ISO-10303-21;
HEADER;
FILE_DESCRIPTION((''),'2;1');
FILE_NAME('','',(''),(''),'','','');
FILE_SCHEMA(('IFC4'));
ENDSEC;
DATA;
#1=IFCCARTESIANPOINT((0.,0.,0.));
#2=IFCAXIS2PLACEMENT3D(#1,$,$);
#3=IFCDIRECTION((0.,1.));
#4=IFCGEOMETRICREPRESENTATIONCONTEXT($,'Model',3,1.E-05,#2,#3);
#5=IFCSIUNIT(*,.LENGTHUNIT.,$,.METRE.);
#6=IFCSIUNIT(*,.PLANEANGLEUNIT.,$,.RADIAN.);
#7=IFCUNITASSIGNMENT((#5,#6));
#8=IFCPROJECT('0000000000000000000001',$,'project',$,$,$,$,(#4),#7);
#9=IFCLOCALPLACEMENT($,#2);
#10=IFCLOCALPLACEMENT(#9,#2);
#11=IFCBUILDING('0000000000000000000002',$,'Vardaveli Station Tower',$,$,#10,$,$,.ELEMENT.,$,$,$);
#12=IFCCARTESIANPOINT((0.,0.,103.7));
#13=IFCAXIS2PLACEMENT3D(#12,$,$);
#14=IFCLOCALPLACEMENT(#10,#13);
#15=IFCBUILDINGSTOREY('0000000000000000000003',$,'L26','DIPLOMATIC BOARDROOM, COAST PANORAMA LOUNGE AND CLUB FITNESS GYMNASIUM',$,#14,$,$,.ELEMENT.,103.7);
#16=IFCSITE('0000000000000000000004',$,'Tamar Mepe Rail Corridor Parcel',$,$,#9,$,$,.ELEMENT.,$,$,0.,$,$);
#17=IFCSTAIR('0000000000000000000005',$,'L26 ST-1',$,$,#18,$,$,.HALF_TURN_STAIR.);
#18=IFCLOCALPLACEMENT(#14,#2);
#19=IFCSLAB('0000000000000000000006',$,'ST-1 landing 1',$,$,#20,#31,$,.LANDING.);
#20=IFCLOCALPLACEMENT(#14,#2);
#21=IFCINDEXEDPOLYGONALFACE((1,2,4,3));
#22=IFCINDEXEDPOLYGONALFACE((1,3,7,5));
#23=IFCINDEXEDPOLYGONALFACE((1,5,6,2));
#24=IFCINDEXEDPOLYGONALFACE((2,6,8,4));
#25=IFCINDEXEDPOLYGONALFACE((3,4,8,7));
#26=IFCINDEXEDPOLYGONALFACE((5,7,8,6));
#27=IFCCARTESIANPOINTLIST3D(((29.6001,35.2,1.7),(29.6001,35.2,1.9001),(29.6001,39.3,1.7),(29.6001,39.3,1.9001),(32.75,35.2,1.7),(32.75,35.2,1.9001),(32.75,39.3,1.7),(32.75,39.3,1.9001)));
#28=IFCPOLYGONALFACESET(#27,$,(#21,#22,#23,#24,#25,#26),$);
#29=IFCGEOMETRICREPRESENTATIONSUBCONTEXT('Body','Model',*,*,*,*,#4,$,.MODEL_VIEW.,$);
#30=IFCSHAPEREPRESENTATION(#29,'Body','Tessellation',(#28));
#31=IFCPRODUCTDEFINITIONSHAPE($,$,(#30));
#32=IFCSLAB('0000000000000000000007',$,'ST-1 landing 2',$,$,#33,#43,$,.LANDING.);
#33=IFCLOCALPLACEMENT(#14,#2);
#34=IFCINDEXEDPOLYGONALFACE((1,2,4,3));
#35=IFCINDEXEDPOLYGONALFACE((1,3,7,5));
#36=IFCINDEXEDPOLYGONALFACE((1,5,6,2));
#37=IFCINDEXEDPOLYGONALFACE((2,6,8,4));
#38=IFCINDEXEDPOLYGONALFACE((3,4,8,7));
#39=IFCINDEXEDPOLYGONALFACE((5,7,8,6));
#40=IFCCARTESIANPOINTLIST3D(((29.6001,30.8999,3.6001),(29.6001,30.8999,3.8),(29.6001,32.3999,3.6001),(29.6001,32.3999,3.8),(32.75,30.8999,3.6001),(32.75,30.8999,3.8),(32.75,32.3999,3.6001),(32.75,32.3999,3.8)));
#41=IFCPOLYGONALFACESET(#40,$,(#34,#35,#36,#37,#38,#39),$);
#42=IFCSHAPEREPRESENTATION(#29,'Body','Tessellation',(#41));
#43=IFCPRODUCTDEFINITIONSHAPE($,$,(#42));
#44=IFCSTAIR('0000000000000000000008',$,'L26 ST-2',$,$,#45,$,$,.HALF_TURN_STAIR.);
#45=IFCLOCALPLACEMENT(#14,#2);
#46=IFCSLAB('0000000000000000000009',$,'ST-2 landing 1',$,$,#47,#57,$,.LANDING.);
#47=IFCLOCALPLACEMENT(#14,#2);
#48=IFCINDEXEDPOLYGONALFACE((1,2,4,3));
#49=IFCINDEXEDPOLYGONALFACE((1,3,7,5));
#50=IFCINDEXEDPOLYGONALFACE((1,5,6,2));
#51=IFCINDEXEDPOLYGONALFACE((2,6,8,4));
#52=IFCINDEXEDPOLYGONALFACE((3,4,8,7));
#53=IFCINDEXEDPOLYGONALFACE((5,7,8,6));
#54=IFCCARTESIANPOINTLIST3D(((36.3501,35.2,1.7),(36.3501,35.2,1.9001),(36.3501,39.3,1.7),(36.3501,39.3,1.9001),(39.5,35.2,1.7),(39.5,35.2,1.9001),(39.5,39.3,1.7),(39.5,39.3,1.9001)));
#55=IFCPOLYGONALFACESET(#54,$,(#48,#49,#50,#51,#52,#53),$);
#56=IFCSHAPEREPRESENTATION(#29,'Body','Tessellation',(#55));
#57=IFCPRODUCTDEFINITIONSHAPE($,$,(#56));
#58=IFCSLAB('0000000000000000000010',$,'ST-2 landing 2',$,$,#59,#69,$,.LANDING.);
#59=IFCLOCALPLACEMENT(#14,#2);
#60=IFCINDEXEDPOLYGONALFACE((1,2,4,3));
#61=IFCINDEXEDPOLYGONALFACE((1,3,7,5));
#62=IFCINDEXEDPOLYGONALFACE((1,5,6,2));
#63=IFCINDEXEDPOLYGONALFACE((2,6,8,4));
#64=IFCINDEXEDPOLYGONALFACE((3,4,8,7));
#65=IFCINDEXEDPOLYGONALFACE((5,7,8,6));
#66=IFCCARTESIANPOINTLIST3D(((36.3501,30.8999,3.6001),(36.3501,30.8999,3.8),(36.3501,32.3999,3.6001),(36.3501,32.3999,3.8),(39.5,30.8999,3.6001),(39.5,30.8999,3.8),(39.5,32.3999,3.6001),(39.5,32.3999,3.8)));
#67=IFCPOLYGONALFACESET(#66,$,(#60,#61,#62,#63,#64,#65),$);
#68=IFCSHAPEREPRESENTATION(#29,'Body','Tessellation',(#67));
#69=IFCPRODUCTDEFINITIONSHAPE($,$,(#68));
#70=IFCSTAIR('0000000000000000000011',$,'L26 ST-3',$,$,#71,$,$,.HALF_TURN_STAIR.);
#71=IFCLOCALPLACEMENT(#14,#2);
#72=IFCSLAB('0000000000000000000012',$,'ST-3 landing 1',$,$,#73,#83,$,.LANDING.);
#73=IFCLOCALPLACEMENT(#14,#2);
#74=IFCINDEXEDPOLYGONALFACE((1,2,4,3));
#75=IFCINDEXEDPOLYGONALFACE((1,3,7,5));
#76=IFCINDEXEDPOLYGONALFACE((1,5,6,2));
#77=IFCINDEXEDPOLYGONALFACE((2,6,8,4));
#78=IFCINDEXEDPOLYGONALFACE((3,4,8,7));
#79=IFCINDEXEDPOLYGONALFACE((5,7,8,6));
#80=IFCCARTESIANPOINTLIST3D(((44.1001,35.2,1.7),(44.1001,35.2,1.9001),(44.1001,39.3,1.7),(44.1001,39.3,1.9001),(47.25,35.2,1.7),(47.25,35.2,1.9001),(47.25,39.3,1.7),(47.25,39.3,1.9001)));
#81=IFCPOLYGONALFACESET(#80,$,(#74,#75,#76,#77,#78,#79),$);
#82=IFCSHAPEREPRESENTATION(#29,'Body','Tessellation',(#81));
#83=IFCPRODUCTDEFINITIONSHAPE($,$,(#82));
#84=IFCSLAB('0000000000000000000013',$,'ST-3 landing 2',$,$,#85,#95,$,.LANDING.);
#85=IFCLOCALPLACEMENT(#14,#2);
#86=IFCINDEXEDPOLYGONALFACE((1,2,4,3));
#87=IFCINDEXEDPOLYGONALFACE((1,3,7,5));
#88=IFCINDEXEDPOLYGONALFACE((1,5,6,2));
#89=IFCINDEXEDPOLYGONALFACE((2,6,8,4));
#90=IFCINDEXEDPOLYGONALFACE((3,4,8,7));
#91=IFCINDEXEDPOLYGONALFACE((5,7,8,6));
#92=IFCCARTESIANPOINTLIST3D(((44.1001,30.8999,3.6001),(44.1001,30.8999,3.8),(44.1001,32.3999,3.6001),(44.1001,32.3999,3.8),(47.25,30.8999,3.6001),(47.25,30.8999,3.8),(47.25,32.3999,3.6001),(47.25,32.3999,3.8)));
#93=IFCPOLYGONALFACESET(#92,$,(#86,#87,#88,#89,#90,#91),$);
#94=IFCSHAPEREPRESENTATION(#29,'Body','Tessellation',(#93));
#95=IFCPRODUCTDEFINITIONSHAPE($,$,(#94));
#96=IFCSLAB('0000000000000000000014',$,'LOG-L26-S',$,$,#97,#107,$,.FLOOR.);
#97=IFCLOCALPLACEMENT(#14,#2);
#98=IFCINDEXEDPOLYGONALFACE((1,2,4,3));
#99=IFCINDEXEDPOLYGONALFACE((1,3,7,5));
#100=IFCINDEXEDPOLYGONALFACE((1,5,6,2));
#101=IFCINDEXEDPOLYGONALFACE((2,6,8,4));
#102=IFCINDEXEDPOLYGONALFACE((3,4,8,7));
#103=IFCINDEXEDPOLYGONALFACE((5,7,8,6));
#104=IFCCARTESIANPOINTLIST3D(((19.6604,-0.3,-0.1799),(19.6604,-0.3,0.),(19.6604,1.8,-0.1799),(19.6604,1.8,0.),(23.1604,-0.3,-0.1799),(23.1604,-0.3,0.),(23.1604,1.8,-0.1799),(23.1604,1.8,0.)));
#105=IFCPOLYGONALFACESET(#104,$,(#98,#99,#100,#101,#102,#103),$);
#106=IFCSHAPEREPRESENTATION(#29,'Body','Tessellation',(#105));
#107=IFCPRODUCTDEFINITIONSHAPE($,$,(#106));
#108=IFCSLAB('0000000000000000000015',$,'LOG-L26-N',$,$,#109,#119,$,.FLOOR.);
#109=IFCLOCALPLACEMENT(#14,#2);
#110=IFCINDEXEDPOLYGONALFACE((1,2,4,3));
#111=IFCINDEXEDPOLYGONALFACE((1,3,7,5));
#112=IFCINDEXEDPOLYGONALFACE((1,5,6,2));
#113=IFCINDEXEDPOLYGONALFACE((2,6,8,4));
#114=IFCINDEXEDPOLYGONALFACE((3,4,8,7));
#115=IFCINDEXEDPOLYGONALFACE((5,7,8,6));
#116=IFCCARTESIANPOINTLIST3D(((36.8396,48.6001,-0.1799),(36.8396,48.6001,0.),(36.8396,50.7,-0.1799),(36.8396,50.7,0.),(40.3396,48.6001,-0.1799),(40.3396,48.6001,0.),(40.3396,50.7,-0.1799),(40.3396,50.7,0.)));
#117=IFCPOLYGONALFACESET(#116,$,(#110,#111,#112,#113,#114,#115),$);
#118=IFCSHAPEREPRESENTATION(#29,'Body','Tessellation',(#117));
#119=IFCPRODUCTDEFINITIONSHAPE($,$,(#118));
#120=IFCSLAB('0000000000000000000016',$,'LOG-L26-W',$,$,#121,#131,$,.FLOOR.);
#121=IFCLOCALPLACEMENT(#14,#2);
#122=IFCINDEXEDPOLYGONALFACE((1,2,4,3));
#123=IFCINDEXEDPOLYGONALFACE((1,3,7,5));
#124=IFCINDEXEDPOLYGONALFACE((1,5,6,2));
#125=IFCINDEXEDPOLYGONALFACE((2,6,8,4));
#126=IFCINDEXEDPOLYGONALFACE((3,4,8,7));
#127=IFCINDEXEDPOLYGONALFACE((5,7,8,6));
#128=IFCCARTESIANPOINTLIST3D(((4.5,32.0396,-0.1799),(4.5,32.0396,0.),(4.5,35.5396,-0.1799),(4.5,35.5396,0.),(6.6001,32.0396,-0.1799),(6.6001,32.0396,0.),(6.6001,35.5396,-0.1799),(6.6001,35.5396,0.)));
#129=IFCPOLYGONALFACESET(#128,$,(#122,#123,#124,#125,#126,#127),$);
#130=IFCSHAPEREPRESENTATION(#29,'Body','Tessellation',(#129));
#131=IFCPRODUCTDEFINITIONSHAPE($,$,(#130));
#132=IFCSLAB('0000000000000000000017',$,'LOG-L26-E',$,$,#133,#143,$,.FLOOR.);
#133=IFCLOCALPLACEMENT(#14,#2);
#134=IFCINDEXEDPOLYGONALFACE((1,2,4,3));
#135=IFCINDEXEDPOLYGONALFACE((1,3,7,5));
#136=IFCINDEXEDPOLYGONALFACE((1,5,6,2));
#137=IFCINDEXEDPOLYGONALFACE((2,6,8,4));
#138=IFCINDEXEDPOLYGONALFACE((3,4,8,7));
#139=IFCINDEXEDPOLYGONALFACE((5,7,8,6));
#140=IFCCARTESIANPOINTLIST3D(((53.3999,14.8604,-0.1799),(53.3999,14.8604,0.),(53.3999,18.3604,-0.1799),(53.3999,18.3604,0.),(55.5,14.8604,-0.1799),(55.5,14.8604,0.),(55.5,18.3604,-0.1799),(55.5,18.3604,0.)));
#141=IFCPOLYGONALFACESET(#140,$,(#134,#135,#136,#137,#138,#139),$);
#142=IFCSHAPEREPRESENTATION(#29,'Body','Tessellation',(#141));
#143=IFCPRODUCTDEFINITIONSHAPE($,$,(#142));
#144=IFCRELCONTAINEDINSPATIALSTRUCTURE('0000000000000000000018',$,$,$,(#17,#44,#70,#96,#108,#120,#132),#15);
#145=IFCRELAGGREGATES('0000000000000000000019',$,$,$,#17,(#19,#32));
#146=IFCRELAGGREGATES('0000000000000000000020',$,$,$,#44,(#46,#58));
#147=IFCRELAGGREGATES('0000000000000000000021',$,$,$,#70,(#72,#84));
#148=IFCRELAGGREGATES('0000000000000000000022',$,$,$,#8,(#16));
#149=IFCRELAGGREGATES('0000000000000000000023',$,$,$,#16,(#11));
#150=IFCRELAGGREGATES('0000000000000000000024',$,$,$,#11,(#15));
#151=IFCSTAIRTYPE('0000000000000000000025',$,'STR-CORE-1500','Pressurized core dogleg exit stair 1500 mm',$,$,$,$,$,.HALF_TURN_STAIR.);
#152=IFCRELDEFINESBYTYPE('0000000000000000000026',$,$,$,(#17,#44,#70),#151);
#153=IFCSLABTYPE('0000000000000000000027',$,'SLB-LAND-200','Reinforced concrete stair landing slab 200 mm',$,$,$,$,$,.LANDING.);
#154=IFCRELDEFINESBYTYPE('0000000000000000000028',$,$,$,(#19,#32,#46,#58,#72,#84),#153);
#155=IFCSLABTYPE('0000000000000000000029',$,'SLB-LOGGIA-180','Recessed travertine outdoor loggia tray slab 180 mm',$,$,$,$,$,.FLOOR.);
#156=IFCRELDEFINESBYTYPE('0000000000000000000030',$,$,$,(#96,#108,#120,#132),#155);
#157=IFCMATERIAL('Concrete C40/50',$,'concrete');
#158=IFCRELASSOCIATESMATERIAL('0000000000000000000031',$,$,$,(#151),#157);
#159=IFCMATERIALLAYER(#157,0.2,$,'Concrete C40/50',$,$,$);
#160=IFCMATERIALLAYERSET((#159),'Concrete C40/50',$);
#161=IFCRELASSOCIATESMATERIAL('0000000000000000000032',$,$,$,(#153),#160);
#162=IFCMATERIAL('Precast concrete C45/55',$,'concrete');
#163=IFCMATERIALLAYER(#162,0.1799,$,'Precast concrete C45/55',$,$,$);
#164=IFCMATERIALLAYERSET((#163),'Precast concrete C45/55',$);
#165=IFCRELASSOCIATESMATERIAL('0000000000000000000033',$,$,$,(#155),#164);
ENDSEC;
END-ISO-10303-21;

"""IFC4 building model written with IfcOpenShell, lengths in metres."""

from ifc_helpers import new_model, si_unit, direction, frame, origin, place, context, subcontext, project, spatial, polyline, outline, extrude, material, layer, layer_set, type_object, element, aggregate, save


model = new_model("IFC4")

# Units and contexts
model_context = context("Model", 3, precision=1e-05, world=origin(), true_north=direction((0.0, 1.0)))
body_context = subcontext(model_context, "Body", "Model", "MODEL_VIEW")
ifc_project = project(units=[si_unit("LENGTHUNIT", "METRE"), si_unit("PLANEANGLEUNIT", "RADIAN")], contexts=[model_context])

# Site, building, storey
site_placement = place(None, origin())
site = spatial("IfcSite", under=ifc_project, at=site_placement, Name="Tamar Mepe Rail Corridor Parcel", CompositionType="ELEMENT", RefElevation=0.0)
building_placement = place(site_placement, origin())
building = spatial("IfcBuilding", under=site, at=building_placement, Name="Vardaveli Station Tower", CompositionType="ELEMENT")
storey_placement = place(building_placement, frame((0.0, 0.0, 103.7)))
storey = spatial("IfcBuildingStorey", under=building, at=storey_placement, Name="L26", Description="DIPLOMATIC BOARDROOM, COAST PANORAMA LOUNGE AND CLUB FITNESS GYMNASIUM", CompositionType="ELEMENT", Elevation=103.7)

# Stairs, slabs
ifc_material_1 = material(Name="Concrete C40/50", Category="concrete")
stair_type = type_object("IfcStairType", Name="STR-CORE-1500", Description="Pressurized core dogleg exit stair 1500 mm", PredefinedType="HALF_TURN_STAIR", material=ifc_material_1)
stair_1_placement = place(storey_placement, origin())
stair_1 = element("IfcStair", 1, at=stair_1_placement, inside=storey, type_object=stair_type, Name="L26 ST-1", PredefinedType="HALF_TURN_STAIR")
ifc_layer_1 = layer(ifc_material_1, 0.2, Name="Concrete C40/50")
ifc_layer_set_1 = layer_set([ifc_layer_1], Name="Concrete C40/50")
slab_type_1 = type_object("IfcSlabType", Name="SLB-LAND-200", Description="Reinforced concrete stair landing slab 200 mm", PredefinedType="LANDING", material=ifc_layer_set_1)
slab_1_placement = place(storey_placement, frame((0.0, 0.0, 1.7)))
slab_1 = element("IfcSlab", 2, at=slab_1_placement, type_object=slab_type_1, Name="ST-1 landing 1", PredefinedType="LANDING", context=body_context, shape_type="SweptSolid", body=[
    extrude(outline(polyline([(32.75, 35.2), (32.75, 39.3), (29.6001, 39.3), (29.6001, 35.2), (32.75, 35.2)])), origin(), (0.0, 0.0, 1.0), 0.2002),
])
slab_2_placement = place(storey_placement, frame((0.0, 0.0, 3.6001)))
slab_2 = element("IfcSlab", 3, at=slab_2_placement, type_object=slab_type_1, Name="ST-1 landing 2", PredefinedType="LANDING", context=body_context, shape_type="SweptSolid", body=[
    extrude(outline(polyline([(32.75, 30.8999), (32.75, 32.3999), (29.6001, 32.3999), (29.6001, 30.8999), (32.75, 30.8999)])), origin(), (0.0, 0.0, 1.0), 0.2),
])
aggregate(stair_1, [slab_1, slab_2])
stair_2_placement = place(storey_placement, origin())
stair_2 = element("IfcStair", 4, at=stair_2_placement, inside=storey, type_object=stair_type, Name="L26 ST-2", PredefinedType="HALF_TURN_STAIR")
slab_3_placement = place(storey_placement, frame((0.0, 0.0, 1.7)))
slab_3 = element("IfcSlab", 5, at=slab_3_placement, type_object=slab_type_1, Name="ST-2 landing 1", PredefinedType="LANDING", context=body_context, shape_type="SweptSolid", body=[
    extrude(outline(polyline([(39.5, 35.2), (39.5, 39.3), (36.3501, 39.3), (36.3501, 35.2), (39.5, 35.2)])), origin(), (0.0, 0.0, 1.0), 0.2002),
])
slab_4_placement = place(storey_placement, frame((0.0, 0.0, 3.6001)))
slab_4 = element("IfcSlab", 6, at=slab_4_placement, type_object=slab_type_1, Name="ST-2 landing 2", PredefinedType="LANDING", context=body_context, shape_type="SweptSolid", body=[
    extrude(outline(polyline([(39.5, 30.8999), (39.5, 32.3999), (36.3501, 32.3999), (36.3501, 30.8999), (39.5, 30.8999)])), origin(), (0.0, 0.0, 1.0), 0.2),
])
aggregate(stair_2, [slab_3, slab_4])
stair_3_placement = place(storey_placement, origin())
stair_3 = element("IfcStair", 7, at=stair_3_placement, inside=storey, type_object=stair_type, Name="L26 ST-3", PredefinedType="HALF_TURN_STAIR")
slab_5_placement = place(storey_placement, frame((0.0, 0.0, 1.7)))
slab_5 = element("IfcSlab", 8, at=slab_5_placement, type_object=slab_type_1, Name="ST-3 landing 1", PredefinedType="LANDING", context=body_context, shape_type="SweptSolid", body=[
    extrude(outline(polyline([(47.25, 35.2), (47.25, 39.3), (44.1001, 39.3), (44.1001, 35.2), (47.25, 35.2)])), origin(), (0.0, 0.0, 1.0), 0.2002),
])
slab_6_placement = place(storey_placement, frame((0.0, 0.0, 3.6001)))
slab_6 = element("IfcSlab", 9, at=slab_6_placement, type_object=slab_type_1, Name="ST-3 landing 2", PredefinedType="LANDING", context=body_context, shape_type="SweptSolid", body=[
    extrude(outline(polyline([(47.25, 30.8999), (47.25, 32.3999), (44.1001, 32.3999), (44.1001, 30.8999), (47.25, 30.8999)])), origin(), (0.0, 0.0, 1.0), 0.2),
])
aggregate(stair_3, [slab_5, slab_6])

# Slabs
ifc_material_2 = material(Name="Precast concrete C45/55", Category="concrete")
ifc_layer_2 = layer(ifc_material_2, 0.1799, Name="Precast concrete C45/55")
ifc_layer_set_2 = layer_set([ifc_layer_2], Name="Precast concrete C45/55")
slab_type_2 = type_object("IfcSlabType", Name="SLB-LOGGIA-180", Description="Recessed travertine outdoor loggia tray slab 180 mm", PredefinedType="FLOOR", material=ifc_layer_set_2)
slab_7_placement = place(storey_placement, frame((0.0, 0.0, -0.1799)))
element("IfcSlab", 10, at=slab_7_placement, inside=storey, type_object=slab_type_2, Name="LOG-L26-S", PredefinedType="FLOOR", context=body_context, shape_type="SweptSolid", body=[
    extrude(outline(polyline([(19.6604, -0.3), (23.1604, -0.3), (23.1604, 1.8), (19.6604, 1.8), (19.6604, -0.3)])), origin(), (0.0, 0.0, 1.0), 0.1799),
])
slab_8_placement = place(storey_placement, frame((0.0, 0.0, -0.1799)))
element("IfcSlab", 11, at=slab_8_placement, inside=storey, type_object=slab_type_2, Name="LOG-L26-N", PredefinedType="FLOOR", context=body_context, shape_type="SweptSolid", body=[
    extrude(outline(polyline([(36.8396, 48.6001), (40.3396, 48.6001), (40.3396, 50.7), (36.8396, 50.7), (36.8396, 48.6001)])), origin(), (0.0, 0.0, 1.0), 0.1799),
])
slab_9_placement = place(storey_placement, frame((0.0, 0.0, -0.1799)))
element("IfcSlab", 12, at=slab_9_placement, inside=storey, type_object=slab_type_2, Name="LOG-L26-W", PredefinedType="FLOOR", context=body_context, shape_type="SweptSolid", body=[
    extrude(outline(polyline([(4.5, 32.0396), (6.6001, 32.0396), (6.6001, 35.5396), (4.5, 35.5396), (4.5, 32.0396)])), origin(), (0.0, 0.0, 1.0), 0.1799),
])
slab_10_placement = place(storey_placement, frame((0.0, 0.0, -0.1799)))
element("IfcSlab", 13, at=slab_10_placement, inside=storey, type_object=slab_type_2, Name="LOG-L26-E", PredefinedType="FLOOR", context=body_context, shape_type="SweptSolid", body=[
    extrude(outline(polyline([(53.3999, 14.8604), (55.5, 14.8604), (55.5, 18.3604), (53.3999, 18.3604), (53.3999, 14.8604)])), origin(), (0.0, 0.0, 1.0), 0.1799),
])

save(model, "model.ifc")
